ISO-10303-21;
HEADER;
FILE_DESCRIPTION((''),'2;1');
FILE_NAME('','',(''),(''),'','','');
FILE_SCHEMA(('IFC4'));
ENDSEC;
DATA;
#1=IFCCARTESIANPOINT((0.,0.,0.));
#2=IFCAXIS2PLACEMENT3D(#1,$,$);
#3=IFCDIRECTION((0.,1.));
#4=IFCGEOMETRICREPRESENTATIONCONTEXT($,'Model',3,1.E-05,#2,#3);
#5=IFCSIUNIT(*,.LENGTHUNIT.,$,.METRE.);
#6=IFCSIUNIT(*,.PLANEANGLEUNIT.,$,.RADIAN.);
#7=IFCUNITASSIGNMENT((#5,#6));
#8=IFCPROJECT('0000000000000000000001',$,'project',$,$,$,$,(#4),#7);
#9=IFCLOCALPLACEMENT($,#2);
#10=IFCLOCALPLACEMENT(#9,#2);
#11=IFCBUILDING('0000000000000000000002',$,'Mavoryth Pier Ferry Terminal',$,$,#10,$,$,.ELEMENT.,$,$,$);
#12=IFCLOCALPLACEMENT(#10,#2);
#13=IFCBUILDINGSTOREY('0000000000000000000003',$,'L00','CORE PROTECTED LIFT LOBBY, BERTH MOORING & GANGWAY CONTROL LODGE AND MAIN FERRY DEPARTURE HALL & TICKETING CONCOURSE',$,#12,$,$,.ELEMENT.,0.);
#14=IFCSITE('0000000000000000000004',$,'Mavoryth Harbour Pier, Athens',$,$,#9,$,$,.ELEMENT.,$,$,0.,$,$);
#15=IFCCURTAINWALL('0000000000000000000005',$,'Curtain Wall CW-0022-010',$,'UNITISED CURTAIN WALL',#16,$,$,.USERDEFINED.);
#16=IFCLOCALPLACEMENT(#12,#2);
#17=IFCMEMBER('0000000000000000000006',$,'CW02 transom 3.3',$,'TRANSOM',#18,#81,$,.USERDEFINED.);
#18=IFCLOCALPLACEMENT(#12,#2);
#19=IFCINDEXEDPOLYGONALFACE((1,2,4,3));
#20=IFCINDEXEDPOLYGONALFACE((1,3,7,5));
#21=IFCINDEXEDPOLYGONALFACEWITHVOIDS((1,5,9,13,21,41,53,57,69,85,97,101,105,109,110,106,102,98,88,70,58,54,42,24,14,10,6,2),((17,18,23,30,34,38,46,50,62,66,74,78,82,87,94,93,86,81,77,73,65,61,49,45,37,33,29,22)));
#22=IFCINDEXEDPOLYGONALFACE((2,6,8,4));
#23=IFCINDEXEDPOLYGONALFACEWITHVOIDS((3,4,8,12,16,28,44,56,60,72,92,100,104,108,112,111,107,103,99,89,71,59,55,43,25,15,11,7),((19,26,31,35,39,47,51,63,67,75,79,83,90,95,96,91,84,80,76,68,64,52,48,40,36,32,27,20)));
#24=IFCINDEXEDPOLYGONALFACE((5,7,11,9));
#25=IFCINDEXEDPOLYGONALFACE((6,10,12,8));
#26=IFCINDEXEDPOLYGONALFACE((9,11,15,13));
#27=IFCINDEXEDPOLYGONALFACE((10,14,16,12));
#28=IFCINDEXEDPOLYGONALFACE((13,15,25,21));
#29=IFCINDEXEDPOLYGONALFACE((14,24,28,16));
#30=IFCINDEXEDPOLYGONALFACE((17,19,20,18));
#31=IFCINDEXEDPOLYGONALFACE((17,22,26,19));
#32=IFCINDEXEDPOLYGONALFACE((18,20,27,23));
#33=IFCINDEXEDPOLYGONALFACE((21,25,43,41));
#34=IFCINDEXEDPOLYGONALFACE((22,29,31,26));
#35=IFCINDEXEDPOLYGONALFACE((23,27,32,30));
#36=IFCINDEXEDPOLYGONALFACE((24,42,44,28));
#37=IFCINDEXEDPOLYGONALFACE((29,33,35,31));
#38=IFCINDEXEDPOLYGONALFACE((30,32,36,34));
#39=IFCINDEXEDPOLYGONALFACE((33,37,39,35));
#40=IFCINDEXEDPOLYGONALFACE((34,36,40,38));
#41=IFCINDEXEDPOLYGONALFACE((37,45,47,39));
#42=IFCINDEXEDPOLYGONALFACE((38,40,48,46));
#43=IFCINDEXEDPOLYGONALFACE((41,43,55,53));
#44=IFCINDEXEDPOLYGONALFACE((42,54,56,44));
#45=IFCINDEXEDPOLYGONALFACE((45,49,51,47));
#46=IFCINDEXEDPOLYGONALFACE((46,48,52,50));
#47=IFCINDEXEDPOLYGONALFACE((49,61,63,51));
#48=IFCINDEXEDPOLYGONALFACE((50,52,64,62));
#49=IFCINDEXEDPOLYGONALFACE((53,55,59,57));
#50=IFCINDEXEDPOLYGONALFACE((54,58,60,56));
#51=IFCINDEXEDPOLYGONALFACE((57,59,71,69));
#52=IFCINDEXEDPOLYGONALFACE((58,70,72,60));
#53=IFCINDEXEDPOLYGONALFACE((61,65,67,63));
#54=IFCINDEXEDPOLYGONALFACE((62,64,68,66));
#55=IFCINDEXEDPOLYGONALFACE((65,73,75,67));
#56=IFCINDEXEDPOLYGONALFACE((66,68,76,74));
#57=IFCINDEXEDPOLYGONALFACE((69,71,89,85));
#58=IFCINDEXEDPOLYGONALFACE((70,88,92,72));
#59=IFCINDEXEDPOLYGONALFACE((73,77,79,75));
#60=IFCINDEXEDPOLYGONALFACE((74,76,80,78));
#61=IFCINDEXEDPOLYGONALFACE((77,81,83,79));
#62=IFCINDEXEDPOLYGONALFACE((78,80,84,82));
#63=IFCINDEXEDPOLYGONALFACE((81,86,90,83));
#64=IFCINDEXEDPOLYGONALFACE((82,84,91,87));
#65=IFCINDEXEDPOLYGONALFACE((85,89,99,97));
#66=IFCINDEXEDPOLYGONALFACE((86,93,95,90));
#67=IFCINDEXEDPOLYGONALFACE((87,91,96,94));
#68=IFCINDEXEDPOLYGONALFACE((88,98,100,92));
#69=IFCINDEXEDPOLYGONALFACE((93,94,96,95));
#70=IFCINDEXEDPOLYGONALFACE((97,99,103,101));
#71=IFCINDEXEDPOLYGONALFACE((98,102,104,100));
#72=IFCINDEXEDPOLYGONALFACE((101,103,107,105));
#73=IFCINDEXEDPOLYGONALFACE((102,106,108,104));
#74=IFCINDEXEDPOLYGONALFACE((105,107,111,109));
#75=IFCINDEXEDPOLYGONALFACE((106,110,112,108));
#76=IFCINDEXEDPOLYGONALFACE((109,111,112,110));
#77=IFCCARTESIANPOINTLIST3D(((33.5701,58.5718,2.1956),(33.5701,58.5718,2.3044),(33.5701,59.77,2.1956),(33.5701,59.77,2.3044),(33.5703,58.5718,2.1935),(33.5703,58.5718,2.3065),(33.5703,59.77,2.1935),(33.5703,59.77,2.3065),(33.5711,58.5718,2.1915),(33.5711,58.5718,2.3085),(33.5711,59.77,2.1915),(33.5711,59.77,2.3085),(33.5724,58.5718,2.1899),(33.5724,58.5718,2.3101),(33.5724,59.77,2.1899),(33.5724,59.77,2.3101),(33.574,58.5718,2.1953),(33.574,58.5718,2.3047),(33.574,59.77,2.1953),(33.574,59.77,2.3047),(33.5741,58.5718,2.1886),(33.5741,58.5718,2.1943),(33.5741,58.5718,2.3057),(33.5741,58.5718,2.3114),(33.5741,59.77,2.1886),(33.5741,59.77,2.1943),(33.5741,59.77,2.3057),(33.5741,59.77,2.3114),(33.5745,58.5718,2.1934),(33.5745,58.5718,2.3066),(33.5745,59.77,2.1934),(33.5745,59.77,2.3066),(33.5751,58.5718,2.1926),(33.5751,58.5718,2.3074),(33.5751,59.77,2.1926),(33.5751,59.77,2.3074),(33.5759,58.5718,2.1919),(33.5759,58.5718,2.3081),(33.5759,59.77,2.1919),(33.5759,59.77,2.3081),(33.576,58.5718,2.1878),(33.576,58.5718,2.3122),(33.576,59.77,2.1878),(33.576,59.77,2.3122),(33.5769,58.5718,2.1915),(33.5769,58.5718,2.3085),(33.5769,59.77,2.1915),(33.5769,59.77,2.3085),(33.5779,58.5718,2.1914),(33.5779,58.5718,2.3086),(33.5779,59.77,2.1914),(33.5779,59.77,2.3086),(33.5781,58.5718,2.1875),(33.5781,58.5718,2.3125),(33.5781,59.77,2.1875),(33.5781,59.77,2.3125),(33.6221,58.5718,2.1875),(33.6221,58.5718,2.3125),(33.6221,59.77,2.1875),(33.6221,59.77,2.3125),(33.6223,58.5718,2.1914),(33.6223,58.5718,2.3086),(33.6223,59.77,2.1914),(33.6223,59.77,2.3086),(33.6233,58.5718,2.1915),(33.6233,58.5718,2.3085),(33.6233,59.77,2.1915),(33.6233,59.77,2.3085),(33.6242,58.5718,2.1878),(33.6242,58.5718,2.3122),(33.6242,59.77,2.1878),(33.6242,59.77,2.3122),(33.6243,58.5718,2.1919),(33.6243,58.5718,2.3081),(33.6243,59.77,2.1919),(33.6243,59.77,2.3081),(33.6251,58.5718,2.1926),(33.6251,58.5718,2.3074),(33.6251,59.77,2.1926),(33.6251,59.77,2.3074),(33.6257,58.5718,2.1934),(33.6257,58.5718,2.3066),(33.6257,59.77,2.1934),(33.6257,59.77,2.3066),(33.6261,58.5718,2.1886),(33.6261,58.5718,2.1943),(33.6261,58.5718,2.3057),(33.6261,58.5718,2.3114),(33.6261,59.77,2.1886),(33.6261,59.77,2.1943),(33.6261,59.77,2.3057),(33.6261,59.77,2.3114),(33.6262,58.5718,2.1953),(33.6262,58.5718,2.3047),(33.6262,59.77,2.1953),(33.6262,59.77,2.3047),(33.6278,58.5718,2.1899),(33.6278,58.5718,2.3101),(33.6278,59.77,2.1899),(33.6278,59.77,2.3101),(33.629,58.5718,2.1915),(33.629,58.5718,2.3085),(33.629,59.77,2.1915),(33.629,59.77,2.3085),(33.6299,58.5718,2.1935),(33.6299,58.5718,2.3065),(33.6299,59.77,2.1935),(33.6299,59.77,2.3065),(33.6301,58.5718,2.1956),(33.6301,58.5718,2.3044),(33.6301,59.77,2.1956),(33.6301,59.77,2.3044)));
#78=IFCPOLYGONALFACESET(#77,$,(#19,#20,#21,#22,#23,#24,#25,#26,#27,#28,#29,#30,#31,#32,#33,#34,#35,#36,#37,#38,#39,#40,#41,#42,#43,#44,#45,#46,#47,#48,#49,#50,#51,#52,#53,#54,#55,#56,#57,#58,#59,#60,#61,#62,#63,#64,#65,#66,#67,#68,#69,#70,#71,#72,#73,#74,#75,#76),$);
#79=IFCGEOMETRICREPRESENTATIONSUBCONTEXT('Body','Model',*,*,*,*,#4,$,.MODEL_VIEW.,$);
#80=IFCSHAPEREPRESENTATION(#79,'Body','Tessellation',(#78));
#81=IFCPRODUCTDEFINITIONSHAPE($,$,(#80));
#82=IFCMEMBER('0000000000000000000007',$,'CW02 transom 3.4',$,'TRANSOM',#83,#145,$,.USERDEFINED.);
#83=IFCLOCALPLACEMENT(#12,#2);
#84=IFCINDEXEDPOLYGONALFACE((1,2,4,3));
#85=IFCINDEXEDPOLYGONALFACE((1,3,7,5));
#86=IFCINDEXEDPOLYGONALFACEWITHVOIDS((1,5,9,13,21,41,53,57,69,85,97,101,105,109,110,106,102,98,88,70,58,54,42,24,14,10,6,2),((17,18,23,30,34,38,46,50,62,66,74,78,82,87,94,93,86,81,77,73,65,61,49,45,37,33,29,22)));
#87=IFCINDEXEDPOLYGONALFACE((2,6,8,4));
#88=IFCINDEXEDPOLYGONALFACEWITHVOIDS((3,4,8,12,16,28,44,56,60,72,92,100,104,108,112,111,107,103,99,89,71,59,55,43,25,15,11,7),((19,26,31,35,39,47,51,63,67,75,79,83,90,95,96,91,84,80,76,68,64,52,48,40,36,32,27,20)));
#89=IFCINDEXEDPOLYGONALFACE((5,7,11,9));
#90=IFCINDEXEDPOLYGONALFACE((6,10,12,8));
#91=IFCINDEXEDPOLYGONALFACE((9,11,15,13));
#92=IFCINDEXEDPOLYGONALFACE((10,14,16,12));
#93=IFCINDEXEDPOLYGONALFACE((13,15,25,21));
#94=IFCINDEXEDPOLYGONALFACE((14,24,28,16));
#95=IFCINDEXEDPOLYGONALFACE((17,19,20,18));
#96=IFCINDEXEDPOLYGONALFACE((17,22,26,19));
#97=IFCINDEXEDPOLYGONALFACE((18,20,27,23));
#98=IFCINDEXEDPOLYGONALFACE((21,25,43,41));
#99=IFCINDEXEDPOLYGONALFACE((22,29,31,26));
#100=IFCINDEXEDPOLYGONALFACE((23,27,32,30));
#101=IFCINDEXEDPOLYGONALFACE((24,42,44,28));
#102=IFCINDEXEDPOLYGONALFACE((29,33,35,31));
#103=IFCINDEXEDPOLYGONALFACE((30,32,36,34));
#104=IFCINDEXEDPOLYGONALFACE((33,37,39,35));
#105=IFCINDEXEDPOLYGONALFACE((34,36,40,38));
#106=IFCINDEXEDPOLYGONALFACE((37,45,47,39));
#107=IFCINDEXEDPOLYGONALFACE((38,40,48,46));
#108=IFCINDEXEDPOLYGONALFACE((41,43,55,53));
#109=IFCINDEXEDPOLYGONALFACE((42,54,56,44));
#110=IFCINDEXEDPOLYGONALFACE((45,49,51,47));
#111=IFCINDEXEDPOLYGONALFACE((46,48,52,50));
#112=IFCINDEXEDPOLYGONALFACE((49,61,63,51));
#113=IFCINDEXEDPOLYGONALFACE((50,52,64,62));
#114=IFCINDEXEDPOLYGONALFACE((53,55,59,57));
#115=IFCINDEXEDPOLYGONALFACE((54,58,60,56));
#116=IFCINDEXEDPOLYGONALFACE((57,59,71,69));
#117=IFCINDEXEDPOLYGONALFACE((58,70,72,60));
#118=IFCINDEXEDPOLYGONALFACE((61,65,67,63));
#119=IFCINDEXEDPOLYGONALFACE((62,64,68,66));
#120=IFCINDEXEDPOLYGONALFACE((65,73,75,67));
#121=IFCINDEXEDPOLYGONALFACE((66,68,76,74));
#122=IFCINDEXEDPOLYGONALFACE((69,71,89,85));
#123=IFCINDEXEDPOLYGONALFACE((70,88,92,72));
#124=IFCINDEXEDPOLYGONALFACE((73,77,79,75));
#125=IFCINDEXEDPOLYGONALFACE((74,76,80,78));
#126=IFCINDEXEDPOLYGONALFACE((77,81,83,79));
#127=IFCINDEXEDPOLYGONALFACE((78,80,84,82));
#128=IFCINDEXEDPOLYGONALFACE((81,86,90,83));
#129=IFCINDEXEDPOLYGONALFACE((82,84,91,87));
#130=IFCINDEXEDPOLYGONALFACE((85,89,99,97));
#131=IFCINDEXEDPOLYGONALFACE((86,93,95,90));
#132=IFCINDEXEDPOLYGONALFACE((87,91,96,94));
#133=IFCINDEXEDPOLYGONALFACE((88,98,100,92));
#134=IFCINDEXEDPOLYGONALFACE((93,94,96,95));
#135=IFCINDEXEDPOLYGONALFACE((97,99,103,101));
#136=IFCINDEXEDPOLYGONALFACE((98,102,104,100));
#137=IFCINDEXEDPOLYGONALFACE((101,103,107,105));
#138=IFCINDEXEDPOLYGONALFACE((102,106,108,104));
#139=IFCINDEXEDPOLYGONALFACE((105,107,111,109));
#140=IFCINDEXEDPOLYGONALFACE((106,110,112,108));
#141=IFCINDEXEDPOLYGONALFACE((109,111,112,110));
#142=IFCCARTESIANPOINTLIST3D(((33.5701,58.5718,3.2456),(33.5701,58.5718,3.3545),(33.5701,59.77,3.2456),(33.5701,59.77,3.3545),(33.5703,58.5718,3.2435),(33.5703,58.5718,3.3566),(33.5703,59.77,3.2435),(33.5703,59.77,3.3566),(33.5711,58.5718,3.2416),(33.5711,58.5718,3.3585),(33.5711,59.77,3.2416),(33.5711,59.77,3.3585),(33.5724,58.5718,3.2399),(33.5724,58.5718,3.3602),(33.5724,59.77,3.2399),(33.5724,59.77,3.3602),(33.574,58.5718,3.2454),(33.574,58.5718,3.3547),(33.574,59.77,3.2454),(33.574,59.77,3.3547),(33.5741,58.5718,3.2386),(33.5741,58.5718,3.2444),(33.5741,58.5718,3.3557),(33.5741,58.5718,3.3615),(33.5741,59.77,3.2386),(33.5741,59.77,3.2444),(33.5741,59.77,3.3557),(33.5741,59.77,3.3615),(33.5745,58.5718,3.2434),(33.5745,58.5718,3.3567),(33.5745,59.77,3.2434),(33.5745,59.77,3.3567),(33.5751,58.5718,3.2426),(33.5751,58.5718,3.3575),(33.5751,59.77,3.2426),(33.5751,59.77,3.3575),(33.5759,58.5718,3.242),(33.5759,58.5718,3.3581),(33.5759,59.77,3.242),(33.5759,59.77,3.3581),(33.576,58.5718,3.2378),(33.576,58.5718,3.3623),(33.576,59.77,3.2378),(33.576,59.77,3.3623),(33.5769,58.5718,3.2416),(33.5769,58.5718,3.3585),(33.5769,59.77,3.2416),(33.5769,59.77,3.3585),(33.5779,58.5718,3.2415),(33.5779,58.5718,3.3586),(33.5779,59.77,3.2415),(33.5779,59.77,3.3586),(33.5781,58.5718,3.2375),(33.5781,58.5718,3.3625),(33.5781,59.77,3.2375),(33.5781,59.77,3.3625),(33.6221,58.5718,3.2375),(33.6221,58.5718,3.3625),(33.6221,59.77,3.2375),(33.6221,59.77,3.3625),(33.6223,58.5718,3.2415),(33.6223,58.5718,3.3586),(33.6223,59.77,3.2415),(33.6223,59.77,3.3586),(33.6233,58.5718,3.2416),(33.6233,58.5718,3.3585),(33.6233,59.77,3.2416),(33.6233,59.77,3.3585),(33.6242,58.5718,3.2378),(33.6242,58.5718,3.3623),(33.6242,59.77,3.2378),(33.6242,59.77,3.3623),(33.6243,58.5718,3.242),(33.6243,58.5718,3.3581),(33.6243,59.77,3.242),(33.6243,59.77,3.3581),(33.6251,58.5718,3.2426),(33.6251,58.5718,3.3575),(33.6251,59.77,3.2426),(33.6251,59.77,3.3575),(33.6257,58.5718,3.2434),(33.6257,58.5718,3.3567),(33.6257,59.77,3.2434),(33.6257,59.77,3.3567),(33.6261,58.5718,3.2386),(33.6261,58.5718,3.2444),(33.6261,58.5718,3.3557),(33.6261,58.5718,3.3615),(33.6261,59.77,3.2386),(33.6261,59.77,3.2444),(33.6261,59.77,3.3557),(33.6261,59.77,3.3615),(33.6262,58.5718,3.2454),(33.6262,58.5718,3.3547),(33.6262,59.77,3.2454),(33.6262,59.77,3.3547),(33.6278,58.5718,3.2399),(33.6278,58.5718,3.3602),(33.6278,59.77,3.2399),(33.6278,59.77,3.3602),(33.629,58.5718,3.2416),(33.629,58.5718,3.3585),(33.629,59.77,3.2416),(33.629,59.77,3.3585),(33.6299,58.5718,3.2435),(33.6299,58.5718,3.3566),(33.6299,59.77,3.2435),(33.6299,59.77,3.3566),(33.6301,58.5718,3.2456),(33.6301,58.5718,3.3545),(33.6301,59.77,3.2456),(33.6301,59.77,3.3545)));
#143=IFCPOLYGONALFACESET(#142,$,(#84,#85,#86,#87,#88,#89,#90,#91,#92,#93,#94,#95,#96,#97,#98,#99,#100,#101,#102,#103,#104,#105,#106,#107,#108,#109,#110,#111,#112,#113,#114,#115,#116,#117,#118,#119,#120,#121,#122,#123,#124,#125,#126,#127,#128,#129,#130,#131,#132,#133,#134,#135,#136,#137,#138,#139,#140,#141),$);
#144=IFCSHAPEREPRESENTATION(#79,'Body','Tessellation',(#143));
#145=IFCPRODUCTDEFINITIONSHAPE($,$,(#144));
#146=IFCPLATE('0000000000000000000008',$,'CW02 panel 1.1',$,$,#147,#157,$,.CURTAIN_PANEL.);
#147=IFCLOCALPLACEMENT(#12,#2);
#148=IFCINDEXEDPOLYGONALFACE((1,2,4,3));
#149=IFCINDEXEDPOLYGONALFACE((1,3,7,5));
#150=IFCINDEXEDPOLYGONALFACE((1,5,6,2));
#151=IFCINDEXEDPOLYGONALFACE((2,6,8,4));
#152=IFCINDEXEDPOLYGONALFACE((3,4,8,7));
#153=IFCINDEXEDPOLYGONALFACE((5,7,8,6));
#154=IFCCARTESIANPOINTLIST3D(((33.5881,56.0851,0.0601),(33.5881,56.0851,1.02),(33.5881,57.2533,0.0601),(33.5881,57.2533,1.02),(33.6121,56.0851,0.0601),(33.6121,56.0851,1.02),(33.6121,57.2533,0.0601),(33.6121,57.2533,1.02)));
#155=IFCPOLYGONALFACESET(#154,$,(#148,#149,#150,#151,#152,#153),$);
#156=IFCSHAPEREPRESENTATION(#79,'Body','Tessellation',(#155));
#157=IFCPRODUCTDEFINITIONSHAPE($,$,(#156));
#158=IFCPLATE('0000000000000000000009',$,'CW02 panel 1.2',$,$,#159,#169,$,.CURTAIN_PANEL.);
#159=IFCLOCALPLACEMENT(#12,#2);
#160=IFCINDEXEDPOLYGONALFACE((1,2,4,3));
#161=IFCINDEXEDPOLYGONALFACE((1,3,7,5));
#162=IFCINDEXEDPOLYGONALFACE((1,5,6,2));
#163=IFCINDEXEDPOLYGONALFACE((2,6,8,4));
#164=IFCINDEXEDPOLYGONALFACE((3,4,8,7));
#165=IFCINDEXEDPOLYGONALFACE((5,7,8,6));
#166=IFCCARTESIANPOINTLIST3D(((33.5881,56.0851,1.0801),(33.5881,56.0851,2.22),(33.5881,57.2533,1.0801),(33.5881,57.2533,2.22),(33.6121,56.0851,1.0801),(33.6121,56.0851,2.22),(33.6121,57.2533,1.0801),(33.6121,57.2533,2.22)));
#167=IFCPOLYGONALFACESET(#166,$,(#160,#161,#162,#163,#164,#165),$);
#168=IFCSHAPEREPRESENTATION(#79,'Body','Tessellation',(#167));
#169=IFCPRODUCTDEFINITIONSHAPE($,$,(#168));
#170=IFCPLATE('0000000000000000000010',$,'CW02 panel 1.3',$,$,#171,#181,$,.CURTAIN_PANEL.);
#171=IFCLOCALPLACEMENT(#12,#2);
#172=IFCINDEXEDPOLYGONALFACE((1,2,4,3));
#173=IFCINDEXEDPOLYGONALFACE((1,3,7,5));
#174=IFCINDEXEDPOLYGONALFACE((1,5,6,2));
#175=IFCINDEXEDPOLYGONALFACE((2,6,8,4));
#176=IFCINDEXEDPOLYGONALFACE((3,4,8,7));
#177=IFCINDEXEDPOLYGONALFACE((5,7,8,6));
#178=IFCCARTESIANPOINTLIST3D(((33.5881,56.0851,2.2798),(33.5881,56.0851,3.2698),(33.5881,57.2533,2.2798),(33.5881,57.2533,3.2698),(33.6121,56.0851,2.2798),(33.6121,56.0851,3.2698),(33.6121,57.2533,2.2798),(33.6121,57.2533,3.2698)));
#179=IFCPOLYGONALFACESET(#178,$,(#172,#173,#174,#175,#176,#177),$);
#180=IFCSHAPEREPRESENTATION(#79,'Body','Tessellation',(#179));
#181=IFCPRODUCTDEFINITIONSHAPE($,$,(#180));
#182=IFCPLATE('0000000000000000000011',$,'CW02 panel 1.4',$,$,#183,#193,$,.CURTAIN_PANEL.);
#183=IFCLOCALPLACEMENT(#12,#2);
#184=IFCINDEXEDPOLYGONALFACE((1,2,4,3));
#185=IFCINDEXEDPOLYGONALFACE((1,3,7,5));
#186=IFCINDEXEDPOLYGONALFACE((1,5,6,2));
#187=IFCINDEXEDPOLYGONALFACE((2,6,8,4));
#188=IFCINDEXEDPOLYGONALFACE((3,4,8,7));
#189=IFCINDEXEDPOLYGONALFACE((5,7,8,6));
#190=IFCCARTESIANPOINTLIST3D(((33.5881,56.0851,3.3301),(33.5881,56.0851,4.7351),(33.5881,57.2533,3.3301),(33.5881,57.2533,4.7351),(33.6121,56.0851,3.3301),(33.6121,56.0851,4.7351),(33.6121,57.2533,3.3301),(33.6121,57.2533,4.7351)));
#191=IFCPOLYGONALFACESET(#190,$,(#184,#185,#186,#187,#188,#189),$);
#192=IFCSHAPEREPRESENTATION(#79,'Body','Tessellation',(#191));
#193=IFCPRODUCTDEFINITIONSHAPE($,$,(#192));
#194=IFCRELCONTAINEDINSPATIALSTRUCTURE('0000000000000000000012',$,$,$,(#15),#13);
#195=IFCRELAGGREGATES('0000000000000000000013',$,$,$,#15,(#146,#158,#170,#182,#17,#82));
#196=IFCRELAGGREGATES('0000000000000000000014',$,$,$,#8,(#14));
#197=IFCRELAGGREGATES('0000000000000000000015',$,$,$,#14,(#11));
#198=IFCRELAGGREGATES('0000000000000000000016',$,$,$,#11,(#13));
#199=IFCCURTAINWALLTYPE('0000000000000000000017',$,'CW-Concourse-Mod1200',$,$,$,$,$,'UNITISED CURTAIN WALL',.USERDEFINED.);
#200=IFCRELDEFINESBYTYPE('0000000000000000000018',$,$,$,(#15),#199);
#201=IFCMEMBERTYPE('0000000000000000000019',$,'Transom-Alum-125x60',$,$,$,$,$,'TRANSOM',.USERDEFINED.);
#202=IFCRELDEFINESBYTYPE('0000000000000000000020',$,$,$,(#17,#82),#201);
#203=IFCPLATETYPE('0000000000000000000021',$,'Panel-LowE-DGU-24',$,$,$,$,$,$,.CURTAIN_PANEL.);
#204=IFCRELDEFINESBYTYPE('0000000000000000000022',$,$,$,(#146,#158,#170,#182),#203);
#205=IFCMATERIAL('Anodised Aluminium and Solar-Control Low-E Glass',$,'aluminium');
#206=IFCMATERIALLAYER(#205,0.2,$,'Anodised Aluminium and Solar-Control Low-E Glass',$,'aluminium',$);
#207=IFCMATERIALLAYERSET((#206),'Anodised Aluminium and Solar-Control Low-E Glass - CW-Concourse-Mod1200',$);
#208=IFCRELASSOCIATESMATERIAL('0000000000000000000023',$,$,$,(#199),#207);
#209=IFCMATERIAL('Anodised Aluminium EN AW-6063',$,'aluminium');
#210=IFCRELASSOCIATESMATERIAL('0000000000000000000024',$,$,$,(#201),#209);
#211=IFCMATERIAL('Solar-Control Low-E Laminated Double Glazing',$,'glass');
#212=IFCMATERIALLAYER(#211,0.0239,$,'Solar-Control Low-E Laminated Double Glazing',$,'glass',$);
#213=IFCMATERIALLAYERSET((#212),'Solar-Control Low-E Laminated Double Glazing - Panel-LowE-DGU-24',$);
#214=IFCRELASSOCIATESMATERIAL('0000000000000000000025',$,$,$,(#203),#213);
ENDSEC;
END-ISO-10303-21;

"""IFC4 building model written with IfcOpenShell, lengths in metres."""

from ifc_helpers import new_model, si_unit, direction, frame, origin, origin_2d, place, context, subcontext, project, spatial, rectangle, hollow_rectangle, extrude, material, layer, layer_set, material_profile, profile_set, type_object, element, aggregate, save


model = new_model("IFC4")

# Units and contexts
model_context = context("Model", 3, precision=1e-05, world=origin(), true_north=direction((0.0, 1.0)))
body_context = subcontext(model_context, "Body", "Model", "MODEL_VIEW")
ifc_project = project(units=[si_unit("LENGTHUNIT", "METRE"), si_unit("PLANEANGLEUNIT", "RADIAN")], contexts=[model_context])

# Site, building, storey
site_placement = place(None, origin())
site = spatial("IfcSite", under=ifc_project, at=site_placement, Name="Mavoryth Harbour Pier, Athens", CompositionType="ELEMENT", RefElevation=0.0)
building_placement = place(site_placement, origin())
building = spatial("IfcBuilding", under=site, at=building_placement, Name="Mavoryth Pier Ferry Terminal", CompositionType="ELEMENT")
storey_placement = place(building_placement, origin())
storey = spatial("IfcBuildingStorey", under=building, at=storey_placement, Name="L00", Description="CORE PROTECTED LIFT LOBBY, BERTH MOORING & GANGWAY CONTROL LODGE AND MAIN FERRY DEPARTURE HALL & TICKETING CONCOURSE", CompositionType="ELEMENT", Elevation=0.0)

# Curtain wall, members, plates
ifc_material_1 = material(Name="Anodised Aluminium and Solar-Control Low-E Glass", Category="aluminium")
ifc_layer_1 = layer(ifc_material_1, 0.2, Name="Anodised Aluminium and Solar-Control Low-E Glass", Category="aluminium")
ifc_layer_set_1 = layer_set([ifc_layer_1], Name="Anodised Aluminium and Solar-Control Low-E Glass - CW-Concourse-Mod1200")
curtain_wall_type = type_object("IfcCurtainWallType", Name="CW-Concourse-Mod1200", ElementType="UNITISED CURTAIN WALL", PredefinedType="USERDEFINED", material=ifc_layer_set_1)
curtain_wall_placement = place(storey_placement, origin())
curtain_wall = element("IfcCurtainWall", 1, at=curtain_wall_placement, inside=storey, type_object=curtain_wall_type, Name="Curtain Wall CW-0022-010", ObjectType="UNITISED CURTAIN WALL", PredefinedType="USERDEFINED")
ifc_material_2 = material(Name="Anodised Aluminium EN AW-6063", Category="aluminium")
ifc_material_profile_1 = material_profile(ifc_material_2, hollow_rectangle(XDim=0.0601, YDim=0.125, WallThickness=0.0039, InnerFilletRadius=0.0039, OuterFilletRadius=0.0081, at=origin_2d()), Name="AL-TRAN 125x60x4", Category="aluminium")
ifc_profile_set_1 = profile_set([ifc_material_profile_1], Name="Anodised Aluminium EN AW-6063 - AL-TRAN 125x60x4")
member_type_1 = type_object("IfcMemberType", Name="Transom-Alum-125x60", ElementType="TRANSOM", PredefinedType="USERDEFINED", material=ifc_profile_set_1)
member_1_placement = place(storey_placement, frame((33.6001, 58.5718, 2.25), z_axis=(0.0, 1.0, 0.0), x_axis=(-1.0, 0.0, 0.0)))
member_1 = element("IfcMember", 2, at=member_1_placement, type_object=member_type_1, Name="CW02 transom 3.3", ObjectType="TRANSOM", PredefinedType="USERDEFINED", context=body_context, shape_type="SweptSolid", body=[
    extrude(hollow_rectangle(XDim=0.0601, YDim=0.125, WallThickness=0.0039, InnerFilletRadius=0.0039, OuterFilletRadius=0.0081, at=origin_2d()), origin(), (0.0, 0.0, 1.0), 1.1982),
])
member_2_placement = place(storey_placement, frame((33.6001, 58.5718, 3.3), z_axis=(0.0, 1.0, 0.0), x_axis=(-1.0, 0.0, 0.0)))
member_2 = element("IfcMember", 3, at=member_2_placement, type_object=member_type_1, Name="CW02 transom 3.4", ObjectType="TRANSOM", PredefinedType="USERDEFINED", context=body_context, shape_type="SweptSolid", body=[
    extrude(hollow_rectangle(XDim=0.0601, YDim=0.125, WallThickness=0.0039, InnerFilletRadius=0.0039, OuterFilletRadius=0.0081, at=origin_2d()), origin(), (0.0, 0.0, 1.0), 1.1982),
])
ifc_material_3 = material(Name="Solar-Control Low-E Laminated Double Glazing", Category="glass")
ifc_layer_2 = layer(ifc_material_3, 0.0239, Name="Solar-Control Low-E Laminated Double Glazing", Category="glass")
ifc_layer_set_2 = layer_set([ifc_layer_2], Name="Solar-Control Low-E Laminated Double Glazing - Panel-LowE-DGU-24")
plate_type = type_object("IfcPlateType", Name="Panel-LowE-DGU-24", PredefinedType="CURTAIN_PANEL", material=ifc_layer_set_2)
plate_1_placement = place(storey_placement, frame((33.6001, 56.6692, 0.0601), z_axis=(0.0, 0.0, 1.0), x_axis=(0.0, 1.0, 0.0)))
plate_1 = element("IfcPlate", 4, at=plate_1_placement, type_object=plate_type, Name="CW02 panel 1.1", PredefinedType="CURTAIN_PANEL", context=body_context, shape_type="SweptSolid", body=[
    extrude(rectangle(XDim=1.1682, YDim=0.0239, at=origin_2d()), origin(), (0.0, 0.0, 1.0), 0.96),
])
plate_2_placement = place(storey_placement, frame((33.6001, 56.6692, 1.0801), z_axis=(0.0, 0.0, 1.0), x_axis=(0.0, 1.0, 0.0)))
plate_2 = element("IfcPlate", 5, at=plate_2_placement, type_object=plate_type, Name="CW02 panel 1.2", PredefinedType="CURTAIN_PANEL", context=body_context, shape_type="SweptSolid", body=[
    extrude(rectangle(XDim=1.1682, YDim=0.0239, at=origin_2d()), origin(), (0.0, 0.0, 1.0), 1.1399),
])
plate_3_placement = place(storey_placement, frame((33.6001, 56.6692, 2.2798), z_axis=(0.0, 0.0, 1.0), x_axis=(0.0, 1.0, 0.0)))
plate_3 = element("IfcPlate", 6, at=plate_3_placement, type_object=plate_type, Name="CW02 panel 1.3", PredefinedType="CURTAIN_PANEL", context=body_context, shape_type="SweptSolid", body=[
    extrude(rectangle(XDim=1.1682, YDim=0.0239, at=origin_2d()), origin(), (0.0, 0.0, 1.0), 0.99),
])
plate_4_placement = place(storey_placement, frame((33.6001, 56.6692, 3.3301), z_axis=(0.0, 0.0, 1.0), x_axis=(0.0, 1.0, 0.0)))
plate_4 = element("IfcPlate", 7, at=plate_4_placement, type_object=plate_type, Name="CW02 panel 1.4", PredefinedType="CURTAIN_PANEL", context=body_context, shape_type="SweptSolid", body=[
    extrude(rectangle(XDim=1.1682, YDim=0.0239, at=origin_2d()), origin(), (0.0, 0.0, 1.0), 1.405),
])
aggregate(curtain_wall, [plate_1, plate_2, plate_3, plate_4, member_1, member_2])

save(model, "model.ifc")
